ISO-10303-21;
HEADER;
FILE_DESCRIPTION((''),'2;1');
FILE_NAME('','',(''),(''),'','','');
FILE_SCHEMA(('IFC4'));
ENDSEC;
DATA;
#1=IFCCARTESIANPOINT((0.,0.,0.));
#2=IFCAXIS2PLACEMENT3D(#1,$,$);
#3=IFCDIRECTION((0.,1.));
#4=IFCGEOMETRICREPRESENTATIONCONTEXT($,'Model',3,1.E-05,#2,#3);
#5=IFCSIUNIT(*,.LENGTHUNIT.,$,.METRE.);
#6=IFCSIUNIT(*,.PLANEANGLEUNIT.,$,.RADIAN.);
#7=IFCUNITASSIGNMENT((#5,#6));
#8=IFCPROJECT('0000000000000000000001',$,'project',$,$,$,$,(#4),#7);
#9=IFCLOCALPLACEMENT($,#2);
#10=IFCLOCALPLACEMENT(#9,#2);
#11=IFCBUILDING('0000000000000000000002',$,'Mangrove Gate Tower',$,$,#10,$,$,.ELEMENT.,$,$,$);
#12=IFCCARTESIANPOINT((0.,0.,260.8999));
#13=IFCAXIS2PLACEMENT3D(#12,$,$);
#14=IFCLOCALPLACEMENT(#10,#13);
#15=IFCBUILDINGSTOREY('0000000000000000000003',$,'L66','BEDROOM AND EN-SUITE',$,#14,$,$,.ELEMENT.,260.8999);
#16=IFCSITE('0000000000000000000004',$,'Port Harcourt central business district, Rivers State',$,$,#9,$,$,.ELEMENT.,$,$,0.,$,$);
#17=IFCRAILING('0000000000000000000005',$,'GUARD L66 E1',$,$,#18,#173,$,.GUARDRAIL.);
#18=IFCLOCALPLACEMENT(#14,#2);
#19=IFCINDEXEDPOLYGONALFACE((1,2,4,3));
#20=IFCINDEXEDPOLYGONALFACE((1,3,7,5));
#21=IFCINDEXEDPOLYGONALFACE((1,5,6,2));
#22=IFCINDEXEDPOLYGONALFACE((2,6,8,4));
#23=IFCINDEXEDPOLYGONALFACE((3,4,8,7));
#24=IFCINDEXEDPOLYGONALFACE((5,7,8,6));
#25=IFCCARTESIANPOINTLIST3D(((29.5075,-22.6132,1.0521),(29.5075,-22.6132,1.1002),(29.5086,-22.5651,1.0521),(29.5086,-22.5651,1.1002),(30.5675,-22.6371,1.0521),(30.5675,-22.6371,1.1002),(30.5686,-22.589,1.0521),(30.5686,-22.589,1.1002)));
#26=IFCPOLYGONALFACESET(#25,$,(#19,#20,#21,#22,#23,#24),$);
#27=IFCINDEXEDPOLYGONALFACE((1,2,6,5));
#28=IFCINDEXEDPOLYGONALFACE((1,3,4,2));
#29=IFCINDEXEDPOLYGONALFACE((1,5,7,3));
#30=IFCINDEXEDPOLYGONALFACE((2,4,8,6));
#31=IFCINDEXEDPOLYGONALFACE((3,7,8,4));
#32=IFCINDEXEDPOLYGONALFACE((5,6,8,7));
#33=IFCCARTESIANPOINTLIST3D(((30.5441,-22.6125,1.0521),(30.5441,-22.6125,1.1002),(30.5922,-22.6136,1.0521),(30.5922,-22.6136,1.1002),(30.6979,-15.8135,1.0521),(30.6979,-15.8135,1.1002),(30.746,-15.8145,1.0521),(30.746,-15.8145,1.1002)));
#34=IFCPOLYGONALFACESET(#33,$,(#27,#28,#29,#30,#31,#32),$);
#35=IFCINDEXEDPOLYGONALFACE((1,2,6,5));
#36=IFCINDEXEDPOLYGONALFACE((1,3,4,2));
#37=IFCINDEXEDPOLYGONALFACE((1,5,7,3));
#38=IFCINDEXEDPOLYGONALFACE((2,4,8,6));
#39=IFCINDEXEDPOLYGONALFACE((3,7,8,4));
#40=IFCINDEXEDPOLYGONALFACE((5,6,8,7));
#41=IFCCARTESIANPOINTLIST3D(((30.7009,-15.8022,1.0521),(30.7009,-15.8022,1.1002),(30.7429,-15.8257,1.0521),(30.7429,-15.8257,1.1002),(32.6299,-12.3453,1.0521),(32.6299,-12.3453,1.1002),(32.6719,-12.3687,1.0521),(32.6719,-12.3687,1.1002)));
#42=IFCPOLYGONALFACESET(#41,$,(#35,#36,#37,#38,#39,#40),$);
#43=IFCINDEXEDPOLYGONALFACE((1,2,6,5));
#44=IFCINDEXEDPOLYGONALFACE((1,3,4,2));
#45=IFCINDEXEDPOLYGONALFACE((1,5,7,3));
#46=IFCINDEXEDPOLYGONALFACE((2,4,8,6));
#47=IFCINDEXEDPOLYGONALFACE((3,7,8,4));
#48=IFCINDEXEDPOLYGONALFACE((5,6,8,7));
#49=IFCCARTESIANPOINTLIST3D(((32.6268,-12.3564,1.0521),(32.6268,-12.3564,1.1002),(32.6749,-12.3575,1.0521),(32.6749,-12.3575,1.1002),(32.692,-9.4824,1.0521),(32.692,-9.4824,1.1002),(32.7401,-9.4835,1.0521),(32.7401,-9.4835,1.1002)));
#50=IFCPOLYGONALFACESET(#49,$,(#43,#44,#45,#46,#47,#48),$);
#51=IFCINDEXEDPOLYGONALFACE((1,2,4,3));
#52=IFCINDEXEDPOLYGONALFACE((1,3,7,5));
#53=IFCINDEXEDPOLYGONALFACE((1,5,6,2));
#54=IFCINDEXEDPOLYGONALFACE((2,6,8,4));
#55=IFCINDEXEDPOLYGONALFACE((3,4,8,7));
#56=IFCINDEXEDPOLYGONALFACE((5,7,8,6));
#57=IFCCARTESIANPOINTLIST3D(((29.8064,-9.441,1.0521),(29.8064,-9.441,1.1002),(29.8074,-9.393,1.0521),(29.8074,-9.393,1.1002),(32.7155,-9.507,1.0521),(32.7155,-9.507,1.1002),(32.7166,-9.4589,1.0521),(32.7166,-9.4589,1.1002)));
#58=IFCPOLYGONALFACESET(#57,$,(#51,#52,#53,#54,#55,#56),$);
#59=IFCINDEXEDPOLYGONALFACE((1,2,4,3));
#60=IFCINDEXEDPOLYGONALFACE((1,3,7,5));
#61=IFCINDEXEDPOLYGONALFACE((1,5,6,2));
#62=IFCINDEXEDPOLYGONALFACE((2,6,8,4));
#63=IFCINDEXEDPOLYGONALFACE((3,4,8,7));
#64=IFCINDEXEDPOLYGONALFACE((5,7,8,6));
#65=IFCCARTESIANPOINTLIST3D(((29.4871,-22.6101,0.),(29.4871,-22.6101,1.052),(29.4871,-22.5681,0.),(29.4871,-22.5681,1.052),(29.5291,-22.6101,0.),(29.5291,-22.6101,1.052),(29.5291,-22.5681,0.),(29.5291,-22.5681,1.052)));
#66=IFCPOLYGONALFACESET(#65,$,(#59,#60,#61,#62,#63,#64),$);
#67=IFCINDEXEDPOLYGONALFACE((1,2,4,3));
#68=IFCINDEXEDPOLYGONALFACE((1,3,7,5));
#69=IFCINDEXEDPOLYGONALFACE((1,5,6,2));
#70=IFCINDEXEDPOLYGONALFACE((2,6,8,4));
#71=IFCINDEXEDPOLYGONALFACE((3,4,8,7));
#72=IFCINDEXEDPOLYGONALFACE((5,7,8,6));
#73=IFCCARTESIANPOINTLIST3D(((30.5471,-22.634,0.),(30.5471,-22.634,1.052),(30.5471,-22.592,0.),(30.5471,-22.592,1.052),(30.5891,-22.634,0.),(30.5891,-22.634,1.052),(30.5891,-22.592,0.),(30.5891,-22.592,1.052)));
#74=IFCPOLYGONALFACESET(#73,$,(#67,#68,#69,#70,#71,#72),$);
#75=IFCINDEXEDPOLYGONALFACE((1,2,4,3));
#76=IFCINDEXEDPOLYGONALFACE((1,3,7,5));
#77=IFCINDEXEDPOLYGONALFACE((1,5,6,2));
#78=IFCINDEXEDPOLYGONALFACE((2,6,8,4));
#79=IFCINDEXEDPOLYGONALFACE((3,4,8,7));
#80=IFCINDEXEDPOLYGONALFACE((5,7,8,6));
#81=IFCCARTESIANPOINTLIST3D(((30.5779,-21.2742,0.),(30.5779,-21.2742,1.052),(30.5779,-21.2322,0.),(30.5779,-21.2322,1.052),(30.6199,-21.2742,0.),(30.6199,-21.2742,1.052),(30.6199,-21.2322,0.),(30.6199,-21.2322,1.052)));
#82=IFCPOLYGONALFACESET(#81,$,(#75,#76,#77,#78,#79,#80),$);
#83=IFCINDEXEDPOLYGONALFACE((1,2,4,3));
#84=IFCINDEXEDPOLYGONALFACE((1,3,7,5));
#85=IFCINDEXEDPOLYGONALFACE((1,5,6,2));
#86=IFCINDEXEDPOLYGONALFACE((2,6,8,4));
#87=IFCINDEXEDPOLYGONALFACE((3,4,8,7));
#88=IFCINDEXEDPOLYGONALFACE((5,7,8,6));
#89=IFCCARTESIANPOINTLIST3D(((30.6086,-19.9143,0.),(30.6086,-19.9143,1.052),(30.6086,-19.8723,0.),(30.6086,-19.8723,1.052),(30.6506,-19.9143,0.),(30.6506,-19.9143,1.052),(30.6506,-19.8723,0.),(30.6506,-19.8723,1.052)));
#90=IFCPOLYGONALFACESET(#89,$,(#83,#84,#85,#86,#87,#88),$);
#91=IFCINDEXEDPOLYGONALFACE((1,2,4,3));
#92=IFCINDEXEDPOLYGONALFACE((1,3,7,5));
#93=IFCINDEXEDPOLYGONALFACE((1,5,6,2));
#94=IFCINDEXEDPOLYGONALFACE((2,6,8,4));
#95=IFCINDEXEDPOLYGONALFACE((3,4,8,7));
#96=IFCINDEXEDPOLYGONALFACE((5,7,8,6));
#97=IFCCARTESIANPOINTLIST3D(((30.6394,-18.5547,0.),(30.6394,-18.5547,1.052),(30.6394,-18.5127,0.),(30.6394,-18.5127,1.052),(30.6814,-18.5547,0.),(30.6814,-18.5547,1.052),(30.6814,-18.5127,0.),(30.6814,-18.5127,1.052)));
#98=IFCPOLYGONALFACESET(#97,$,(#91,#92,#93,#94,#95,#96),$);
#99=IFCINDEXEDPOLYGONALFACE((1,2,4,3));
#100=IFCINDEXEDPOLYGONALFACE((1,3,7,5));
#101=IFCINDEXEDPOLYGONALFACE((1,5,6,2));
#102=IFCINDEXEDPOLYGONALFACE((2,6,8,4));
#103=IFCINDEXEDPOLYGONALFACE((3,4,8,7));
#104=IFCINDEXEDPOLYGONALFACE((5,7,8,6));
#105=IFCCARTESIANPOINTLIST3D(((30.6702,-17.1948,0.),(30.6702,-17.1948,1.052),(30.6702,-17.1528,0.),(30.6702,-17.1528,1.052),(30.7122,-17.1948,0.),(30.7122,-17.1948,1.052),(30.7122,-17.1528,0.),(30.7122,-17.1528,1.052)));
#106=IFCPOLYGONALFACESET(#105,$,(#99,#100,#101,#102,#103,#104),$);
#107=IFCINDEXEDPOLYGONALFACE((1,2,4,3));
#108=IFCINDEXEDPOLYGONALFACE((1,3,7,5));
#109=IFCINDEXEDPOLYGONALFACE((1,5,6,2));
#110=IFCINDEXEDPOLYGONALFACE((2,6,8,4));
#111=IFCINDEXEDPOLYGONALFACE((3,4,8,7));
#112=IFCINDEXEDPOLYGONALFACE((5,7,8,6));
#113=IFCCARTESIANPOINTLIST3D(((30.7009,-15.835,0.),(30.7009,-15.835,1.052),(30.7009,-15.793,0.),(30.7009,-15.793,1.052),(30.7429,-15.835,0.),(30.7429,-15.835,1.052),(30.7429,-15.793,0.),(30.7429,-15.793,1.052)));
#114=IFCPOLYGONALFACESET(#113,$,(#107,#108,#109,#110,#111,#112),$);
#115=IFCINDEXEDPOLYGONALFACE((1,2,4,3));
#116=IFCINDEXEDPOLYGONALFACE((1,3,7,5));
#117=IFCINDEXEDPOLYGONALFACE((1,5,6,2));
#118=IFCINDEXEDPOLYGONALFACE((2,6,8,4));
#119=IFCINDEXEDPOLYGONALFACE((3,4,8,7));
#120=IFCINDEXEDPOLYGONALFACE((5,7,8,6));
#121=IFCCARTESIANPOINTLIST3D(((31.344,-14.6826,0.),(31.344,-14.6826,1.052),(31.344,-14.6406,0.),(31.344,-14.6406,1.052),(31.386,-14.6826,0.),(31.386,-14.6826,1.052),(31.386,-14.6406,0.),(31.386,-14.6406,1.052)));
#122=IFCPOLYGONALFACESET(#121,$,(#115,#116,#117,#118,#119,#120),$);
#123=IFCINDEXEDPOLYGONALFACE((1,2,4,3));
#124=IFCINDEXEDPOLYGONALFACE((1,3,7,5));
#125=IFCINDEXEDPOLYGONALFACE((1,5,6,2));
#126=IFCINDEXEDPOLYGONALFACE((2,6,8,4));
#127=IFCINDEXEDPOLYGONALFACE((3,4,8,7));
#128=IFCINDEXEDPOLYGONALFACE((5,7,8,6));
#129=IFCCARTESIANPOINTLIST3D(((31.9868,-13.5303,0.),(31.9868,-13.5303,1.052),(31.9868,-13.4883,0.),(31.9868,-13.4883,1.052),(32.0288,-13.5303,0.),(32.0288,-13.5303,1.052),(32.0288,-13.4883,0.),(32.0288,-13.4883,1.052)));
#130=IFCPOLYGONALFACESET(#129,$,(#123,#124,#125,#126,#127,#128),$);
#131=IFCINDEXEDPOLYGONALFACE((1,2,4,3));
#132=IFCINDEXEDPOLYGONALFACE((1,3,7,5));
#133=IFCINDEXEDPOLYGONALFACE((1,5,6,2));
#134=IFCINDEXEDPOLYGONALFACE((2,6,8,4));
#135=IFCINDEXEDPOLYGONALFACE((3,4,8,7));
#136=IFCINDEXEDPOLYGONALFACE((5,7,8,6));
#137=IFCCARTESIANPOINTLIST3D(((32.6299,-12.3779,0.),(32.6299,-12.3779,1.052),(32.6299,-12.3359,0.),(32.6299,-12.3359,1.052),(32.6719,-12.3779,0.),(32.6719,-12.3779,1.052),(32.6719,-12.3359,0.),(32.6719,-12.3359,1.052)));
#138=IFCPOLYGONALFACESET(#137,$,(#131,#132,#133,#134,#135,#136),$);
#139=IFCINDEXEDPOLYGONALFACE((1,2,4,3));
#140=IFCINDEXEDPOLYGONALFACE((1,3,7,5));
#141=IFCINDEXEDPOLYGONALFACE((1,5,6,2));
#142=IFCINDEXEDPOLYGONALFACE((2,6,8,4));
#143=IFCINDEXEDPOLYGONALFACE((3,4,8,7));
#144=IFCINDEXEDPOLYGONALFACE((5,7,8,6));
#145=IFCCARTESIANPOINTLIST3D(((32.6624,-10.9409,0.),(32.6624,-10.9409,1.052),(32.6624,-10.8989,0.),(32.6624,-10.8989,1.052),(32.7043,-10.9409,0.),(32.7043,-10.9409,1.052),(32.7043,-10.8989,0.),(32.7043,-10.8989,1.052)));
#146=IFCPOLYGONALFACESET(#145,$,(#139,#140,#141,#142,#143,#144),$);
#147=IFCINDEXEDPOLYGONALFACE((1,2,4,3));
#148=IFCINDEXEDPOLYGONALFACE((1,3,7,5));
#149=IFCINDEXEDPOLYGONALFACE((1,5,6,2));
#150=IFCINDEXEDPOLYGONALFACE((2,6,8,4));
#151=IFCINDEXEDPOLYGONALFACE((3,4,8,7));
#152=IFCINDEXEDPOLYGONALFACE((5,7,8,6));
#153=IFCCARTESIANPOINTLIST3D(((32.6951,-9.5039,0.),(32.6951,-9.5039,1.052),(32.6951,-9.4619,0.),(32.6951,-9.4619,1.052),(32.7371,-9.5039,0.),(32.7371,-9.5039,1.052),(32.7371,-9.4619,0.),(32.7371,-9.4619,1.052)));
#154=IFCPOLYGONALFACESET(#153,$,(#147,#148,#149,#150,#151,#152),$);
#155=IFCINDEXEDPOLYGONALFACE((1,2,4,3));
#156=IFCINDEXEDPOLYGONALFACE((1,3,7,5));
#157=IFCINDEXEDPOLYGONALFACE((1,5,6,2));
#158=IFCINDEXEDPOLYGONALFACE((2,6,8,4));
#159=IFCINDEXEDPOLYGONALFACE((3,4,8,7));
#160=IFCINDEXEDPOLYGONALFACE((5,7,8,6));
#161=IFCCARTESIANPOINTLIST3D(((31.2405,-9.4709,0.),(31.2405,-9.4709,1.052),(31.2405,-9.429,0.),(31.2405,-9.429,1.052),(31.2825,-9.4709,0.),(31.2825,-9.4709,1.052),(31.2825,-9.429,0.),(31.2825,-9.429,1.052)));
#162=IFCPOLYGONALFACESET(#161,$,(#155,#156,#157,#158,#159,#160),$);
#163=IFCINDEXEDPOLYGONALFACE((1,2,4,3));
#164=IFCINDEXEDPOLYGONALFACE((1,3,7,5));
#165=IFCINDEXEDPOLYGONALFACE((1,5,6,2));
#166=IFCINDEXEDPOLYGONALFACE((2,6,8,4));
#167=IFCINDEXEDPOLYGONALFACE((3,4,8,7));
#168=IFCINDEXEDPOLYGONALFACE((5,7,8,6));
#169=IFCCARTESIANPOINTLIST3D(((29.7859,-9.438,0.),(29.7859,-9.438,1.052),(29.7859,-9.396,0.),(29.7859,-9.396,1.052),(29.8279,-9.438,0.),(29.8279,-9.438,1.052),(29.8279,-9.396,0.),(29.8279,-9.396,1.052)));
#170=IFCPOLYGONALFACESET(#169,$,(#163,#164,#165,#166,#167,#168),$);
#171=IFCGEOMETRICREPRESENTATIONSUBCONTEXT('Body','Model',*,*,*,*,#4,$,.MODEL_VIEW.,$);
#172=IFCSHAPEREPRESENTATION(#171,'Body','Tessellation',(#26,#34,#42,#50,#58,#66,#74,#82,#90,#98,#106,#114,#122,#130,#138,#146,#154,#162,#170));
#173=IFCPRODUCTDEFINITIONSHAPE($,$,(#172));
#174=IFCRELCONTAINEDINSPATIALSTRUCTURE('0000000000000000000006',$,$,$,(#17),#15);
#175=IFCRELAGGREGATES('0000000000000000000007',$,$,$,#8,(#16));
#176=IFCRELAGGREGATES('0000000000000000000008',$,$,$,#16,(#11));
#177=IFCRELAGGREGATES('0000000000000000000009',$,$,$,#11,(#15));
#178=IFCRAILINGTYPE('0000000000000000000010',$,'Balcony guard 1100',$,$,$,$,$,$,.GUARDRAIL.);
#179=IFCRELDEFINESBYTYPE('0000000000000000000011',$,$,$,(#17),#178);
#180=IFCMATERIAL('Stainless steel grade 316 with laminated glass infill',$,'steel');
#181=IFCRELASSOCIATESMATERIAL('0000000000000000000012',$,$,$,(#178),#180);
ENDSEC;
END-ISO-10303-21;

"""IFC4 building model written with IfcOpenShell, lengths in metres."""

from ifc_helpers import new_model, si_unit, direction, frame, origin, origin_2d, place, context, subcontext, project, spatial, rectangle, extrude, material, type_object, element, save


model = new_model("IFC4")

# Units and contexts
model_context = context("Model", 3, precision=1e-05, world=origin(), true_north=direction((0.0, 1.0)))
body_context = subcontext(model_context, "Body", "Model", "MODEL_VIEW")
ifc_project = project(units=[si_unit("LENGTHUNIT", "METRE"), si_unit("PLANEANGLEUNIT", "RADIAN")], contexts=[model_context])

# Site, building, storey
site_placement = place(None, origin())
site = spatial("IfcSite", under=ifc_project, at=site_placement, Name="Port Harcourt central business district, Rivers State", CompositionType="ELEMENT", RefElevation=0.0)
building_placement = place(site_placement, origin())
building = spatial("IfcBuilding", under=site, at=building_placement, Name="Mangrove Gate Tower", CompositionType="ELEMENT")
storey_placement = place(building_placement, frame((0.0, 0.0, 260.8999)))
storey = spatial("IfcBuildingStorey", under=building, at=storey_placement, Name="L66", Description="BEDROOM AND EN-SUITE", CompositionType="ELEMENT", Elevation=260.8999)

# Railing
ifc_material_1 = material(Name="Stainless steel grade 316 with laminated glass infill", Category="steel")
railing_type = type_object("IfcRailingType", Name="Balcony guard 1100", PredefinedType="GUARDRAIL", material=ifc_material_1)
railing_placement = place(storey_placement, frame((29.5081, -22.5891, 0.0)))
element("IfcRailing", 1, at=railing_placement, inside=storey, type_object=railing_type, Name="GUARD L66 E1", PredefinedType="GUARDRAIL", context=body_context, shape_type="SweptSolid", body=[
    extrude(rectangle(XDim=0.0481, YDim=0.0481, at=origin_2d()), frame((0.0, 0.0, 1.0762), z_axis=(0.999745, -0.022564, 0.0), x_axis=(0.022564, 0.999745, 0.0)), (0.0, 0.0, 1.0), 1.0603),
    extrude(rectangle(XDim=0.0481, YDim=0.0481, at=origin_2d()), frame((1.0601, -0.0239, 1.0762), z_axis=(0.022616, 0.999744, 0.0), x_axis=(-0.999744, 0.022616, 0.0)), (0.0, 0.0, 1.0), 6.8008),
    extrude(rectangle(XDim=0.0481, YDim=0.0481, at=origin_2d()), frame((1.2139, 6.7751, 1.0762), z_axis=(0.48726, 0.873257, 0.0), x_axis=(-0.873257, 0.48726, 0.0)), (0.0, 0.0, 1.0), 3.9587),
    extrude(rectangle(XDim=0.0481, YDim=0.0481, at=origin_2d()), frame((3.1428, 10.2322, 1.0762), z_axis=(0.022675, 0.999743, 0.0), x_axis=(-0.999743, 0.022675, 0.0)), (0.0, 0.0, 1.0), 2.8748),
    extrude(rectangle(XDim=0.0481, YDim=0.0481, at=origin_2d()), frame((3.208, 13.1062, 1.0762), z_axis=(-0.999743, 0.022653, 0.0), x_axis=(-0.022653, -0.999743, 0.0)), (0.0, 0.0, 1.0), 2.9099),
    extrude(rectangle(XDim=0.042, YDim=0.042, at=origin_2d()), origin(), (0.0, 0.0, 1.0), 1.052),
    extrude(rectangle(XDim=0.042, YDim=0.042, at=origin_2d()), frame((1.0601, -0.0239, 0.0)), (0.0, 0.0, 1.0), 1.052),
    extrude(rectangle(XDim=0.042, YDim=0.042, at=origin_2d()), frame((1.0908, 1.3359, 0.0)), (0.0, 0.0, 1.0), 1.052),
    extrude(rectangle(XDim=0.042, YDim=0.042, at=origin_2d()), frame((1.1216, 2.6958, 0.0)), (0.0, 0.0, 1.0), 1.052),
    extrude(rectangle(XDim=0.042, YDim=0.042, at=origin_2d()), frame((1.1523, 4.0554, 0.0)), (0.0, 0.0, 1.0), 1.052),
    extrude(rectangle(XDim=0.042, YDim=0.042, at=origin_2d()), frame((1.1831, 5.4153, 0.0)), (0.0, 0.0, 1.0), 1.052),
    extrude(rectangle(XDim=0.042, YDim=0.042, at=origin_2d()), frame((1.2139, 6.7751, 0.0)), (0.0, 0.0, 1.0), 1.052),
    extrude(rectangle(XDim=0.042, YDim=0.042, at=origin_2d()), frame((1.8569, 7.9275, 0.0)), (0.0, 0.0, 1.0), 1.052),
    extrude(rectangle(XDim=0.042, YDim=0.042, at=origin_2d()), frame((2.4998, 9.0798, 0.0)), (0.0, 0.0, 1.0), 1.052),
    extrude(rectangle(XDim=0.042, YDim=0.042, at=origin_2d()), frame((3.1428, 10.2322, 0.0)), (0.0, 0.0, 1.0), 1.052),
    extrude(rectangle(XDim=0.042, YDim=0.042, at=origin_2d()), frame((3.1753, 11.6692, 0.0)), (0.0, 0.0, 1.0), 1.052),
    extrude(rectangle(XDim=0.042, YDim=0.042, at=origin_2d()), frame((3.208, 13.1062, 0.0)), (0.0, 0.0, 1.0), 1.052),
    extrude(rectangle(XDim=0.042, YDim=0.042, at=origin_2d()), frame((1.7534, 13.1392, 0.0)), (0.0, 0.0, 1.0), 1.052),
    extrude(rectangle(XDim=0.042, YDim=0.042, at=origin_2d()), frame((0.2988, 13.1721, 0.0)), (0.0, 0.0, 1.0), 1.052),
])

save(model, "model.ifc")
